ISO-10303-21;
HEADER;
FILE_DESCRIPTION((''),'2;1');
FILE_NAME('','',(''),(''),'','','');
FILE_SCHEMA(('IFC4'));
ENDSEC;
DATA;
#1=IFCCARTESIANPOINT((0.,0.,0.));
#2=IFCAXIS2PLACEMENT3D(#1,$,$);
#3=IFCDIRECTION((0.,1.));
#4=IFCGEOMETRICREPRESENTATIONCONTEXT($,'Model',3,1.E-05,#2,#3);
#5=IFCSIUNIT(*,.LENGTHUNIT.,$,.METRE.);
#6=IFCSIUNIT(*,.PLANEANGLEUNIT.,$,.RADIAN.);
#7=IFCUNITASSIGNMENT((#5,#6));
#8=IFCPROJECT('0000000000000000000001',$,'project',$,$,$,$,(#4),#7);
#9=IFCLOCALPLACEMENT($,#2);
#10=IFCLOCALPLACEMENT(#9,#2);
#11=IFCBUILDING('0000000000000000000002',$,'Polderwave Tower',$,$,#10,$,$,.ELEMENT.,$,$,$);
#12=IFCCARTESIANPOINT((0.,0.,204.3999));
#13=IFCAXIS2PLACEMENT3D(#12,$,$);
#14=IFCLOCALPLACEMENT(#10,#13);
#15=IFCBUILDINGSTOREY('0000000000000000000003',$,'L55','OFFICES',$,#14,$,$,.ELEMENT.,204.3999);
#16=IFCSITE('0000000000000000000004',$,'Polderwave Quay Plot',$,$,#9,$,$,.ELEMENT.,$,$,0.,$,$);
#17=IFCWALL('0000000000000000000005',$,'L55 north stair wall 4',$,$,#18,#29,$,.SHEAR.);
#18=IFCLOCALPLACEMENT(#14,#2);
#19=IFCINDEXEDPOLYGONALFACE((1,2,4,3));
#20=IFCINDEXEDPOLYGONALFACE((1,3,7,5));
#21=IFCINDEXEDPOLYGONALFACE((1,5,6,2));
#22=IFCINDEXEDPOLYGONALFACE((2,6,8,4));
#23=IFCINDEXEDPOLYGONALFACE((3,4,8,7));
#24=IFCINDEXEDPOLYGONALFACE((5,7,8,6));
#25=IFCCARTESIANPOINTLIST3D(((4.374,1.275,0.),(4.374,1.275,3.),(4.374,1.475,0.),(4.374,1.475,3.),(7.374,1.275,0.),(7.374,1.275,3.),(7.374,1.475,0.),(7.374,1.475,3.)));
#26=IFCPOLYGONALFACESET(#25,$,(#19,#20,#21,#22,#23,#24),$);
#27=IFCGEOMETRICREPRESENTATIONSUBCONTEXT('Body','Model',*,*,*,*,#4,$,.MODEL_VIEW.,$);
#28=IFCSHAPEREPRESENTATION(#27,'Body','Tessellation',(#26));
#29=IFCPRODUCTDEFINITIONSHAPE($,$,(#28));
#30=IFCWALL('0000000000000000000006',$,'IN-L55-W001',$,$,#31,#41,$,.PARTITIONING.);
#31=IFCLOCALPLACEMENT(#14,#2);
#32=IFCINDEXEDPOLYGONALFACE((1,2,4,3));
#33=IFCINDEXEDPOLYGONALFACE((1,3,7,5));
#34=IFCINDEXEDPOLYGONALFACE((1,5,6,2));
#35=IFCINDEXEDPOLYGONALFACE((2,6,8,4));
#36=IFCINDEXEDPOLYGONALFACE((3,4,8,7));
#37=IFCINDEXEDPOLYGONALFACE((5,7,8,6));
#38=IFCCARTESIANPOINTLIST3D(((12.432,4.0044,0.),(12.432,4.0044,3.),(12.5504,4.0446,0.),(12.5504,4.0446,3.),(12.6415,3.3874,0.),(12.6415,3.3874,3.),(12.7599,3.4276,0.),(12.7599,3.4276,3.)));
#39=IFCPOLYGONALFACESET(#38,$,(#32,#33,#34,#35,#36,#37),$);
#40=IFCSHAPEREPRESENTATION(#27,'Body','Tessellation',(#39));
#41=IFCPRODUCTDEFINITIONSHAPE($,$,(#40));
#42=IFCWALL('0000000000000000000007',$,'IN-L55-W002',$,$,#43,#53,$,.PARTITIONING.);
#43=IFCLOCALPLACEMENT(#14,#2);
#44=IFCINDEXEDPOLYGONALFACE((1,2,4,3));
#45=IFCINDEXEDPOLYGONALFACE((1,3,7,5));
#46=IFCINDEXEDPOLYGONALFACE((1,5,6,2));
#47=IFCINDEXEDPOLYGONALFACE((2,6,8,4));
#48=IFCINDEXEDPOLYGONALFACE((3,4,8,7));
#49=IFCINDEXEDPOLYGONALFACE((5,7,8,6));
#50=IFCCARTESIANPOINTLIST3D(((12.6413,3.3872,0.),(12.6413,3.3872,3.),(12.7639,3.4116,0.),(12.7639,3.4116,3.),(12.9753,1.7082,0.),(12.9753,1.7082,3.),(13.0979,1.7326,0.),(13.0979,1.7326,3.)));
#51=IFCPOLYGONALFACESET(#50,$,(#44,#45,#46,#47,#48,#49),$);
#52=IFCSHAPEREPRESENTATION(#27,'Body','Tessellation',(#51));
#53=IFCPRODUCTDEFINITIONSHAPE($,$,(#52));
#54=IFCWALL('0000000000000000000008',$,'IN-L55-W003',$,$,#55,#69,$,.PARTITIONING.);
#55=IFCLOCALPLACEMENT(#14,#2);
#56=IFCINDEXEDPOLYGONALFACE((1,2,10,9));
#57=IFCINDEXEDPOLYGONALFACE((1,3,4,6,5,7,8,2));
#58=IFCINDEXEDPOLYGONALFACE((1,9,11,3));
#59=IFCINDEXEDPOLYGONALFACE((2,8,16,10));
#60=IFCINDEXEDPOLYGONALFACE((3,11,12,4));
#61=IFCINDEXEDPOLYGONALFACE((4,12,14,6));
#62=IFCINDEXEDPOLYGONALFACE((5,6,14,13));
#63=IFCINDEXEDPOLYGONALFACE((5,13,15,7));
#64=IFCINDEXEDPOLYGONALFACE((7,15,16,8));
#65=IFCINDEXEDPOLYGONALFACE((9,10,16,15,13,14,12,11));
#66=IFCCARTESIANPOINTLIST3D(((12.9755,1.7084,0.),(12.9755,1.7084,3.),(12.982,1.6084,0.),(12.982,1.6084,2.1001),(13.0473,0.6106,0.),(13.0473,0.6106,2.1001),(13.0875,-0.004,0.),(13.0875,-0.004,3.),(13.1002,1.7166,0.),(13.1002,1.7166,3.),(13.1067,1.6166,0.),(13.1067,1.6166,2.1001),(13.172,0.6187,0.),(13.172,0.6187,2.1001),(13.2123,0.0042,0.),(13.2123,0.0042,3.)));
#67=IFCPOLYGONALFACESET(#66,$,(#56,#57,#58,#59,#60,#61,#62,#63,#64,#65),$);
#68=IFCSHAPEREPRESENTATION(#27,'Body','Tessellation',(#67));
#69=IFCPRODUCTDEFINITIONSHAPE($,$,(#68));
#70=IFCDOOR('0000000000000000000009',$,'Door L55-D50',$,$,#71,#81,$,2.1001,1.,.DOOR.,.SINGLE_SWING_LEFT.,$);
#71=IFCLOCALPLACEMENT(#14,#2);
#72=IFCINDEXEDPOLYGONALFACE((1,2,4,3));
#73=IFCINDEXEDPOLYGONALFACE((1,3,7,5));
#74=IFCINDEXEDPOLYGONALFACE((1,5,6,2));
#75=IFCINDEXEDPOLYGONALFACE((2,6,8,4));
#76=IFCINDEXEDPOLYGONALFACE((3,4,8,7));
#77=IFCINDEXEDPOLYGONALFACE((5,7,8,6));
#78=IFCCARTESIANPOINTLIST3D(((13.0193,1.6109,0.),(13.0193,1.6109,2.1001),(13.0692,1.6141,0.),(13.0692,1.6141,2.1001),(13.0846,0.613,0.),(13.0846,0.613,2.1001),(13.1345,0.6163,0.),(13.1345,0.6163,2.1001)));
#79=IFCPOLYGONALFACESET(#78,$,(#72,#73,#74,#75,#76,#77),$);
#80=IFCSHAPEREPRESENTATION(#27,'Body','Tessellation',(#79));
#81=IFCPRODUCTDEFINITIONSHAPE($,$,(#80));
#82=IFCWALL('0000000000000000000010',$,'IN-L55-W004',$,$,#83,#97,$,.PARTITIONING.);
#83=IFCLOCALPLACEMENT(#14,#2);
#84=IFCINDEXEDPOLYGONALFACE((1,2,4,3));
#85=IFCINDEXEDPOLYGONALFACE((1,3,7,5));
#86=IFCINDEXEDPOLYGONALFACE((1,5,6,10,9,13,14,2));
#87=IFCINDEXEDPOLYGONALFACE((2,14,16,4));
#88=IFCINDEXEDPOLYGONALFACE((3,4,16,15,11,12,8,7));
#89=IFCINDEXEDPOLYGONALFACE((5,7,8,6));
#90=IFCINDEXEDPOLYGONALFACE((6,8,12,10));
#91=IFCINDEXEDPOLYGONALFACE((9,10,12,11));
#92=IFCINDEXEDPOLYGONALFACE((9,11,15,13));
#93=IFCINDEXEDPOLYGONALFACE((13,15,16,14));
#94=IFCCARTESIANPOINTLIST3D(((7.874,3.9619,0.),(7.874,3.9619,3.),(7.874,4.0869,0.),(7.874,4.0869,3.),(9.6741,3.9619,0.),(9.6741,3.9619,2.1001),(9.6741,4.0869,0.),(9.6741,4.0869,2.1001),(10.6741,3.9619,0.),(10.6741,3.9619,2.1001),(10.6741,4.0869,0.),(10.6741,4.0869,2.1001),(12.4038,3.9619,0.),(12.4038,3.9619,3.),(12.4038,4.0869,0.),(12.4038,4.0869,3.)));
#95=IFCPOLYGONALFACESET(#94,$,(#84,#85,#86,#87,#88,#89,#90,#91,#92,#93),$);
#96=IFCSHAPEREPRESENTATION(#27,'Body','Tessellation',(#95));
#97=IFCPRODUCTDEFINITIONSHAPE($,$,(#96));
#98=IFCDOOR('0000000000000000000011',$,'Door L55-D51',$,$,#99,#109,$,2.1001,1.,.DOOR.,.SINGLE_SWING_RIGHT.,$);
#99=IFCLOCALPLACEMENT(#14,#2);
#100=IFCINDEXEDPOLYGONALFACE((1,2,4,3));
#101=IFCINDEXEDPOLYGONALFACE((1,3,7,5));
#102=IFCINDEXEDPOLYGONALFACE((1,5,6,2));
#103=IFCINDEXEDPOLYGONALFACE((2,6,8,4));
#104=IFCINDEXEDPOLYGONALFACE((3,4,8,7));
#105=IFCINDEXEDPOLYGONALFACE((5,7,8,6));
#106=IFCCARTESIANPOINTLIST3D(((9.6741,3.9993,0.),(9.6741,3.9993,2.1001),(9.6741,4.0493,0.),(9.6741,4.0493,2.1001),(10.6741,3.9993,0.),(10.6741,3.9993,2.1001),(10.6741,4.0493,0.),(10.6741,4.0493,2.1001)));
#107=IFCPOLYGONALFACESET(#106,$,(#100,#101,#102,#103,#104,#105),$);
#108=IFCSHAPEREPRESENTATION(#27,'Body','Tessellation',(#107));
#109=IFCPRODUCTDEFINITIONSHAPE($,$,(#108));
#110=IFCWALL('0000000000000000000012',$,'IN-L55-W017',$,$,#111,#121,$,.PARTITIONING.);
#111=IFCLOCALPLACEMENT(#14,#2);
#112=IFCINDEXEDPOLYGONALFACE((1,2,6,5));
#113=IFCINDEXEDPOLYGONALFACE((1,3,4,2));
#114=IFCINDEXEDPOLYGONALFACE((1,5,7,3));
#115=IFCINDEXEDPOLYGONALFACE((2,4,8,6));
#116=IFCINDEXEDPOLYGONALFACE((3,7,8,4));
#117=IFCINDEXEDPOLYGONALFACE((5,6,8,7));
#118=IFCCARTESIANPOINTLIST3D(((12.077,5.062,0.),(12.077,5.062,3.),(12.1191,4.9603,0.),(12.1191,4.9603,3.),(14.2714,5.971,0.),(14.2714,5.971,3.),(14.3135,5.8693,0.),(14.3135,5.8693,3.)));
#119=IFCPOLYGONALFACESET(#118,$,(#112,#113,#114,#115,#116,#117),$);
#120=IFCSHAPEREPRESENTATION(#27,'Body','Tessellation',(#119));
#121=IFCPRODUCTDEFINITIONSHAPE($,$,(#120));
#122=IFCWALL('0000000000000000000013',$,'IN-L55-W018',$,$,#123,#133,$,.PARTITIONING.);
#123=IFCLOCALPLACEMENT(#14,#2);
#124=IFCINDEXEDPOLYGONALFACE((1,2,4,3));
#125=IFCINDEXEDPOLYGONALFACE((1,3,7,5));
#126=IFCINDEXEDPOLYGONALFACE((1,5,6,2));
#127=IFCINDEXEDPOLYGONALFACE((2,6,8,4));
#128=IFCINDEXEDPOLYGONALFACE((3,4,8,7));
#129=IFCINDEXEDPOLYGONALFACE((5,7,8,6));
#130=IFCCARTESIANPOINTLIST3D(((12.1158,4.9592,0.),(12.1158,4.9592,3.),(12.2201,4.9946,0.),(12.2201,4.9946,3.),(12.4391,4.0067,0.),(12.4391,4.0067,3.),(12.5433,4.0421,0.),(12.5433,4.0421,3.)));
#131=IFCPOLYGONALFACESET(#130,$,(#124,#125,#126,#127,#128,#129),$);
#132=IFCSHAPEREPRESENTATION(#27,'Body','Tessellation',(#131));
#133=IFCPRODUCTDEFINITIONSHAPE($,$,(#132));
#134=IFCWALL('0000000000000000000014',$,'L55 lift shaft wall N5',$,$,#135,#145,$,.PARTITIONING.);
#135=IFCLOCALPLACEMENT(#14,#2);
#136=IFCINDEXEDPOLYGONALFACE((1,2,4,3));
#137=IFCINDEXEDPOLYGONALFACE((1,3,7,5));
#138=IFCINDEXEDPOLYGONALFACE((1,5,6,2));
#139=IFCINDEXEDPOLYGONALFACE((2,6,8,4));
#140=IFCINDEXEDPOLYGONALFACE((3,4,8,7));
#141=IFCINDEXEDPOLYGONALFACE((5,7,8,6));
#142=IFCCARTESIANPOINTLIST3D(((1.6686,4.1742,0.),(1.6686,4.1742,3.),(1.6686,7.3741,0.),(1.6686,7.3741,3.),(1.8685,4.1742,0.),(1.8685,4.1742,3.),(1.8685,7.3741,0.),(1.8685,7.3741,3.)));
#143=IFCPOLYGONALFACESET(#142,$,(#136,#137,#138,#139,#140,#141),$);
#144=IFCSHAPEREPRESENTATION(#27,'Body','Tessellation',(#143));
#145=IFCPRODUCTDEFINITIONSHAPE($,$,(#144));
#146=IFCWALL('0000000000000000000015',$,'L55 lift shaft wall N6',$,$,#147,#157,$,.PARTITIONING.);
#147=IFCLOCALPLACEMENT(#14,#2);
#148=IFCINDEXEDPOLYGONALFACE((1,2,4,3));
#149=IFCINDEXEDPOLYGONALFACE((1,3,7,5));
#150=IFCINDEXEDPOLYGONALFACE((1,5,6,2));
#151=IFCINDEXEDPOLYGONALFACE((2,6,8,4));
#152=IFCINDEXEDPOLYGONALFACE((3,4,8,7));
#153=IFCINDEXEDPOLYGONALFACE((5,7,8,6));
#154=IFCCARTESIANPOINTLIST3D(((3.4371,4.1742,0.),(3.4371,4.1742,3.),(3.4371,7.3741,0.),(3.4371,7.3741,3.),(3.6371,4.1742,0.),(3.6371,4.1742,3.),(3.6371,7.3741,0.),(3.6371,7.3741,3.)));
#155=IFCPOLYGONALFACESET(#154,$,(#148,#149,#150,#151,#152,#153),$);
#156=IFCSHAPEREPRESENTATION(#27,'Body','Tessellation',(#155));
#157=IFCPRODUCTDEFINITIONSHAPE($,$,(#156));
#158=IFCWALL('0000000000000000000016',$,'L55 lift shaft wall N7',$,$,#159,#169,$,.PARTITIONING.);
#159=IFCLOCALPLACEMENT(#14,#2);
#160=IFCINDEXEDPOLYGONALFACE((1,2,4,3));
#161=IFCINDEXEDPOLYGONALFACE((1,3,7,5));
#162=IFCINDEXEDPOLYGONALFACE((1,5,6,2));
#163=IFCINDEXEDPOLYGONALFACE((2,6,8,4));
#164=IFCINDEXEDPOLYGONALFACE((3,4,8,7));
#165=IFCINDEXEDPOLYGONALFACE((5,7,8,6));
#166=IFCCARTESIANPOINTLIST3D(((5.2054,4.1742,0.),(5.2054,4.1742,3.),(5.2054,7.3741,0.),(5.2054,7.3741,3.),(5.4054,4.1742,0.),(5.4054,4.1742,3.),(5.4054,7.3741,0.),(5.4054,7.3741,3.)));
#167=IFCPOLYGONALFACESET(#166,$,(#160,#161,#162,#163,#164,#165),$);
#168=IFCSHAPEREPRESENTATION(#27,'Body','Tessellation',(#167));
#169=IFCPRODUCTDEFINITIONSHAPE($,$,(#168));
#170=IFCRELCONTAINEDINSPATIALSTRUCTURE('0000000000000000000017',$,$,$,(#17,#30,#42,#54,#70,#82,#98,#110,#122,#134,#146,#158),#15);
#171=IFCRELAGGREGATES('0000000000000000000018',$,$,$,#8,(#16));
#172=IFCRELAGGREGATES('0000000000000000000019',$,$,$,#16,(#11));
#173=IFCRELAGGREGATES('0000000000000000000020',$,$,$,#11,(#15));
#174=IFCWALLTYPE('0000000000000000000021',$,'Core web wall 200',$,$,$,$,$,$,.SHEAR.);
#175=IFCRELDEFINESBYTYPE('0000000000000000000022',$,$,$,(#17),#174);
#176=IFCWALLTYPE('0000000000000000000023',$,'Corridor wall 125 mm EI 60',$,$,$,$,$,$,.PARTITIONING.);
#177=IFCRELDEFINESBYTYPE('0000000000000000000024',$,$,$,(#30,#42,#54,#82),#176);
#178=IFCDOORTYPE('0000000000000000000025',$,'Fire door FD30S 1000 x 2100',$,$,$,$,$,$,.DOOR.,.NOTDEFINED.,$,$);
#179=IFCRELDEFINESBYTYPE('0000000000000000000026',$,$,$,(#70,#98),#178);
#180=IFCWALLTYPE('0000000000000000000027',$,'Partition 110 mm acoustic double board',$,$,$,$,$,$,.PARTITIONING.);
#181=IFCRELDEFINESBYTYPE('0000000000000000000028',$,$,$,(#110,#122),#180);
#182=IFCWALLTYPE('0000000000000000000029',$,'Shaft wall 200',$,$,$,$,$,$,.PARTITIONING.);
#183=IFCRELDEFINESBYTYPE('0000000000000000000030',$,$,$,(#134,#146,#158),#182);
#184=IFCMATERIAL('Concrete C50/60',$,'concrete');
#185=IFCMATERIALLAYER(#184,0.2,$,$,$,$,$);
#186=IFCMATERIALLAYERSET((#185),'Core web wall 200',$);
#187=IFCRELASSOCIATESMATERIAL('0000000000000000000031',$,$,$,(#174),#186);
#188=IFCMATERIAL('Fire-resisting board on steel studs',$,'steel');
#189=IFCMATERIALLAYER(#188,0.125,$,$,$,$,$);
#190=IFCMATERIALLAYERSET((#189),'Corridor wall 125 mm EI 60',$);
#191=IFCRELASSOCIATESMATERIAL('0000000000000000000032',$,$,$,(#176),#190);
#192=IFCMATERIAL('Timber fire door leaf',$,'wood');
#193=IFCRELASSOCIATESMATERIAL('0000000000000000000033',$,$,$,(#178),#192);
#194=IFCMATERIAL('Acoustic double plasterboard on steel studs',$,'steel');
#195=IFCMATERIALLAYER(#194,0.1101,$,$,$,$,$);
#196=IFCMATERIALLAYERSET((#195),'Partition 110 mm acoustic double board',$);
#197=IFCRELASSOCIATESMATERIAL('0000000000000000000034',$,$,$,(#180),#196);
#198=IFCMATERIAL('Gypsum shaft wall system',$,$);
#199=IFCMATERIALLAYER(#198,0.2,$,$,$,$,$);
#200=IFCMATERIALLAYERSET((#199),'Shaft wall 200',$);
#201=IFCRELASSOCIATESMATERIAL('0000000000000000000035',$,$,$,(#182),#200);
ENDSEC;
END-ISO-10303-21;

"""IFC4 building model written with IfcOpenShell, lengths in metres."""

from ifc_helpers import new_model, si_unit, direction, frame, frame_2d, origin, place, context, subcontext, project, spatial, rectangle, extrude, material, layer, layer_set, type_object, element, fill, save


model = new_model("IFC4")

# Units and contexts
model_context = context("Model", 3, precision=1e-05, world=origin(), true_north=direction((0.0, 1.0)))
body_context = subcontext(model_context, "Body", "Model", "MODEL_VIEW")
ifc_project = project(units=[si_unit("LENGTHUNIT", "METRE"), si_unit("PLANEANGLEUNIT", "RADIAN")], contexts=[model_context])

# Site, building, storey
site_placement = place(None, origin())
site = spatial("IfcSite", under=ifc_project, at=site_placement, Name="Polderwave Quay Plot", CompositionType="ELEMENT", RefElevation=0.0)
building_placement = place(site_placement, origin())
building = spatial("IfcBuilding", under=site, at=building_placement, Name="Polderwave Tower", CompositionType="ELEMENT")
storey_placement = place(building_placement, frame((0.0, 0.0, 204.3999)))
storey = spatial("IfcBuildingStorey", under=building, at=storey_placement, Name="L55", Description="OFFICES", CompositionType="ELEMENT", Elevation=204.3999)

# Walls
ifc_material_1 = material(Name="Concrete C50/60", Category="concrete")
ifc_layer_1 = layer(ifc_material_1, 0.2)
ifc_layer_set_1 = layer_set([ifc_layer_1], Name="Core web wall 200")
wall_type_1 = type_object("IfcWallType", Name="Core web wall 200", PredefinedType="SHEAR", material=ifc_layer_set_1)
wall_1_placement = place(storey_placement, frame((4.374, 1.375, 0.0), z_axis=(0.0, 0.0, 1.0), x_axis=(1.0, 0.0, 0.0)))
element("IfcWall", 1, at=wall_1_placement, inside=storey, type_object=wall_type_1, Name="L55 north stair wall 4", PredefinedType="SHEAR", context=body_context, shape_type="SweptSolid", body=[
    extrude(rectangle(XDim=3.0, YDim=0.2, at=frame_2d((1.5, 0.0))), origin(), (0.0, 0.0, 1.0), 3.0),
])
ifc_material_2 = material(Name="Fire-resisting board on steel studs", Category="steel")
ifc_layer_2 = layer(ifc_material_2, 0.125)
ifc_layer_set_2 = layer_set([ifc_layer_2], Name="Corridor wall 125 mm EI 60")
wall_type_2 = type_object("IfcWallType", Name="Corridor wall 125 mm EI 60", PredefinedType="PARTITIONING", material=ifc_layer_set_2)
wall_2_placement = place(storey_placement, frame((12.4912, 4.0244, 0.0), z_axis=(0.0, 0.0, 1.0), x_axis=(0.321506, -0.946907, 0.0)))
element("IfcWall", 2, at=wall_2_placement, inside=storey, type_object=wall_type_2, Name="IN-L55-W001", PredefinedType="PARTITIONING", context=body_context, shape_type="SweptSolid", body=[
    extrude(rectangle(XDim=0.6516, YDim=0.125, at=frame_2d((0.3257, 0.0))), origin(), (0.0, 0.0, 1.0), 3.0),
])
wall_3_placement = place(storey_placement, frame((12.7026, 3.3994, 0.0), z_axis=(0.0, 0.0, 1.0), x_axis=(0.195101, -0.980783, 0.0)))
element("IfcWall", 3, at=wall_3_placement, inside=storey, type_object=wall_type_2, Name="IN-L55-W002", PredefinedType="PARTITIONING", context=body_context, shape_type="SweptSolid", body=[
    extrude(rectangle(XDim=1.7119, YDim=0.125, at=frame_2d((0.856, 0.0))), origin(), (0.0, 0.0, 1.0), 3.0),
])

# Walls, openings, doors
wall_4_placement = place(storey_placement, frame((13.0378, 1.7124, 0.0), z_axis=(0.0, 0.0, 1.0), x_axis=(0.065301, -0.997866, 0.0)))
wall_4 = element("IfcWall", 4, at=wall_4_placement, inside=storey, type_object=wall_type_2, Name="IN-L55-W003", PredefinedType="PARTITIONING", context=body_context, shape_type="SweptSolid", body=[
    extrude(rectangle(XDim=1.7161, YDim=0.125, at=frame_2d((0.8579, 0.0))), origin(), (0.0, 0.0, 1.0), 3.0),
])
opening_1_placement = place(wall_4_placement, frame((0.1001, 0.0, 0.0)))
opening_1 = element("IfcOpeningElement", 5, at=opening_1_placement, cuts=wall_4, PredefinedType="OPENING", context=body_context, shape_type="SweptSolid", body=[
    extrude(rectangle(XDim=1.0, YDim=2.1001, at=frame_2d((0.5, 1.05))), frame((0.0, 0.0725, 0.0), z_axis=(0.0, -1.0, 0.0), x_axis=(1.0, 0.0, 0.0)), (0.0, 0.0, 1.0), 0.145),
])
ifc_material_3 = material(Name="Timber fire door leaf", Category="wood")
door_type = type_object("IfcDoorType", Name="Fire door FD30S 1000 x 2100", OperationType="NOTDEFINED", PredefinedType="DOOR", material=ifc_material_3)
door_1_placement = place(opening_1_placement, origin())
door_1 = element("IfcDoor", 6, at=door_1_placement, inside=storey, type_object=door_type, Name="Door L55-D50", OperationType="SINGLE_SWING_LEFT", OverallHeight=2.1001, OverallWidth=1.0, PredefinedType="DOOR", context=body_context, shape_type="SweptSolid", body=[
    extrude(rectangle(XDim=1.0, YDim=2.1001, at=frame_2d((0.5, 1.05))), frame((0.0, 0.0249, 0.0), z_axis=(0.0, -1.0, 0.0), x_axis=(1.0, 0.0, 0.0)), (0.0, 0.0, 1.0), 0.05),
])
fill(opening_1, door_1)
wall_5_placement = place(storey_placement, frame((7.874, 4.0244, 0.0), z_axis=(0.0, 0.0, 1.0), x_axis=(1.0, 0.0, 0.0)))
wall_5 = element("IfcWall", 7, at=wall_5_placement, inside=storey, type_object=wall_type_2, Name="IN-L55-W004", PredefinedType="PARTITIONING", context=body_context, shape_type="SweptSolid", body=[
    extrude(rectangle(XDim=4.5298, YDim=0.125, at=frame_2d((2.2649, 0.0))), origin(), (0.0, 0.0, 1.0), 3.0),
])
opening_2_placement = place(wall_5_placement, frame((1.8, 0.0, 0.0)))
opening_2 = element("IfcOpeningElement", 8, at=opening_2_placement, cuts=wall_5, PredefinedType="OPENING", context=body_context, shape_type="SweptSolid", body=[
    extrude(rectangle(XDim=1.0, YDim=2.1001, at=frame_2d((0.5, 1.05))), frame((0.0, 0.0725, 0.0), z_axis=(0.0, -1.0, 0.0), x_axis=(1.0, 0.0, 0.0)), (0.0, 0.0, 1.0), 0.145),
])
door_2_placement = place(opening_2_placement, origin())
door_2 = element("IfcDoor", 9, at=door_2_placement, inside=storey, type_object=door_type, Name="Door L55-D51", OperationType="SINGLE_SWING_RIGHT", OverallHeight=2.1001, OverallWidth=1.0, PredefinedType="DOOR", context=body_context, shape_type="SweptSolid", body=[
    extrude(rectangle(XDim=1.0, YDim=2.1001, at=frame_2d((0.5, 1.05))), frame((0.0, 0.0249, 0.0), z_axis=(0.0, -1.0, 0.0), x_axis=(1.0, 0.0, 0.0)), (0.0, 0.0, 1.0), 0.05),
])
fill(opening_2, door_2)

# Walls
ifc_material_4 = material(Name="Acoustic double plasterboard on steel studs", Category="steel")
ifc_layer_3 = layer(ifc_material_4, 0.1101)
ifc_layer_set_3 = layer_set([ifc_layer_3], Name="Partition 110 mm acoustic double board")
wall_type_3 = type_object("IfcWallType", Name="Partition 110 mm acoustic double board", PredefinedType="PARTITIONING", material=ifc_layer_set_3)
wall_6_placement = place(storey_placement, frame((12.0981, 5.0112, 0.0), z_axis=(0.0, 0.0, 1.0), x_axis=(0.923878, 0.382688, 0.0)))
element("IfcWall", 10, at=wall_6_placement, inside=storey, type_object=wall_type_3, Name="IN-L55-W017", PredefinedType="PARTITIONING", context=body_context, shape_type="SweptSolid", body=[
    extrude(rectangle(XDim=2.3752, YDim=0.1101, at=frame_2d((1.1875, 0.0))), origin(), (0.0, 0.0, 1.0), 3.0),
])
wall_7_placement = place(storey_placement, frame((12.4912, 4.0244, 0.0), z_axis=(0.0, 0.0, 1.0), x_axis=(-0.321394, 0.946946, 0.0)))
element("IfcWall", 11, at=wall_7_placement, inside=storey, type_object=wall_type_3, Name="IN-L55-W018", PredefinedType="PARTITIONING", context=body_context, shape_type="SweptSolid", body=[
    extrude(rectangle(XDim=1.0059, YDim=0.1101, at=frame_2d((0.5029, 0.0))), origin(), (0.0, 0.0, 1.0), 3.0),
])
ifc_material_5 = material(Name="Gypsum shaft wall system")
ifc_layer_4 = layer(ifc_material_5, 0.2)
ifc_layer_set_4 = layer_set([ifc_layer_4], Name="Shaft wall 200")
wall_type_4 = type_object("IfcWallType", Name="Shaft wall 200", PredefinedType="PARTITIONING", material=ifc_layer_set_4)
for number, where, z_axis, x_axis, name in (
    (12, (1.7686, 4.1741, 0.0), (0.0, 0.0, 1.0), (0.0, 1.0, 0.0), "L55 lift shaft wall N5"),
    (13, (3.5371, 4.1741, 0.0), (0.0, 0.0, 1.0), (0.0, 1.0, 0.0), "L55 lift shaft wall N6"),
    (14, (5.3054, 4.1741, 0.0), (0.0, 0.0, 1.0), (0.0, 1.0, 0.0), "L55 lift shaft wall N7"),
):
    element("IfcWall", number, at=place(storey_placement, frame(where, z_axis=z_axis, x_axis=x_axis)), inside=storey, type_object=wall_type_4, Name=name, PredefinedType="PARTITIONING", context=body_context, shape_type="SweptSolid", body=[
        extrude(rectangle(XDim=3.2, YDim=0.2, at=frame_2d((1.6001, 0.0))), origin(), (0.0, 0.0, 1.0), 3.0),
    ])

save(model, "model.ifc")
